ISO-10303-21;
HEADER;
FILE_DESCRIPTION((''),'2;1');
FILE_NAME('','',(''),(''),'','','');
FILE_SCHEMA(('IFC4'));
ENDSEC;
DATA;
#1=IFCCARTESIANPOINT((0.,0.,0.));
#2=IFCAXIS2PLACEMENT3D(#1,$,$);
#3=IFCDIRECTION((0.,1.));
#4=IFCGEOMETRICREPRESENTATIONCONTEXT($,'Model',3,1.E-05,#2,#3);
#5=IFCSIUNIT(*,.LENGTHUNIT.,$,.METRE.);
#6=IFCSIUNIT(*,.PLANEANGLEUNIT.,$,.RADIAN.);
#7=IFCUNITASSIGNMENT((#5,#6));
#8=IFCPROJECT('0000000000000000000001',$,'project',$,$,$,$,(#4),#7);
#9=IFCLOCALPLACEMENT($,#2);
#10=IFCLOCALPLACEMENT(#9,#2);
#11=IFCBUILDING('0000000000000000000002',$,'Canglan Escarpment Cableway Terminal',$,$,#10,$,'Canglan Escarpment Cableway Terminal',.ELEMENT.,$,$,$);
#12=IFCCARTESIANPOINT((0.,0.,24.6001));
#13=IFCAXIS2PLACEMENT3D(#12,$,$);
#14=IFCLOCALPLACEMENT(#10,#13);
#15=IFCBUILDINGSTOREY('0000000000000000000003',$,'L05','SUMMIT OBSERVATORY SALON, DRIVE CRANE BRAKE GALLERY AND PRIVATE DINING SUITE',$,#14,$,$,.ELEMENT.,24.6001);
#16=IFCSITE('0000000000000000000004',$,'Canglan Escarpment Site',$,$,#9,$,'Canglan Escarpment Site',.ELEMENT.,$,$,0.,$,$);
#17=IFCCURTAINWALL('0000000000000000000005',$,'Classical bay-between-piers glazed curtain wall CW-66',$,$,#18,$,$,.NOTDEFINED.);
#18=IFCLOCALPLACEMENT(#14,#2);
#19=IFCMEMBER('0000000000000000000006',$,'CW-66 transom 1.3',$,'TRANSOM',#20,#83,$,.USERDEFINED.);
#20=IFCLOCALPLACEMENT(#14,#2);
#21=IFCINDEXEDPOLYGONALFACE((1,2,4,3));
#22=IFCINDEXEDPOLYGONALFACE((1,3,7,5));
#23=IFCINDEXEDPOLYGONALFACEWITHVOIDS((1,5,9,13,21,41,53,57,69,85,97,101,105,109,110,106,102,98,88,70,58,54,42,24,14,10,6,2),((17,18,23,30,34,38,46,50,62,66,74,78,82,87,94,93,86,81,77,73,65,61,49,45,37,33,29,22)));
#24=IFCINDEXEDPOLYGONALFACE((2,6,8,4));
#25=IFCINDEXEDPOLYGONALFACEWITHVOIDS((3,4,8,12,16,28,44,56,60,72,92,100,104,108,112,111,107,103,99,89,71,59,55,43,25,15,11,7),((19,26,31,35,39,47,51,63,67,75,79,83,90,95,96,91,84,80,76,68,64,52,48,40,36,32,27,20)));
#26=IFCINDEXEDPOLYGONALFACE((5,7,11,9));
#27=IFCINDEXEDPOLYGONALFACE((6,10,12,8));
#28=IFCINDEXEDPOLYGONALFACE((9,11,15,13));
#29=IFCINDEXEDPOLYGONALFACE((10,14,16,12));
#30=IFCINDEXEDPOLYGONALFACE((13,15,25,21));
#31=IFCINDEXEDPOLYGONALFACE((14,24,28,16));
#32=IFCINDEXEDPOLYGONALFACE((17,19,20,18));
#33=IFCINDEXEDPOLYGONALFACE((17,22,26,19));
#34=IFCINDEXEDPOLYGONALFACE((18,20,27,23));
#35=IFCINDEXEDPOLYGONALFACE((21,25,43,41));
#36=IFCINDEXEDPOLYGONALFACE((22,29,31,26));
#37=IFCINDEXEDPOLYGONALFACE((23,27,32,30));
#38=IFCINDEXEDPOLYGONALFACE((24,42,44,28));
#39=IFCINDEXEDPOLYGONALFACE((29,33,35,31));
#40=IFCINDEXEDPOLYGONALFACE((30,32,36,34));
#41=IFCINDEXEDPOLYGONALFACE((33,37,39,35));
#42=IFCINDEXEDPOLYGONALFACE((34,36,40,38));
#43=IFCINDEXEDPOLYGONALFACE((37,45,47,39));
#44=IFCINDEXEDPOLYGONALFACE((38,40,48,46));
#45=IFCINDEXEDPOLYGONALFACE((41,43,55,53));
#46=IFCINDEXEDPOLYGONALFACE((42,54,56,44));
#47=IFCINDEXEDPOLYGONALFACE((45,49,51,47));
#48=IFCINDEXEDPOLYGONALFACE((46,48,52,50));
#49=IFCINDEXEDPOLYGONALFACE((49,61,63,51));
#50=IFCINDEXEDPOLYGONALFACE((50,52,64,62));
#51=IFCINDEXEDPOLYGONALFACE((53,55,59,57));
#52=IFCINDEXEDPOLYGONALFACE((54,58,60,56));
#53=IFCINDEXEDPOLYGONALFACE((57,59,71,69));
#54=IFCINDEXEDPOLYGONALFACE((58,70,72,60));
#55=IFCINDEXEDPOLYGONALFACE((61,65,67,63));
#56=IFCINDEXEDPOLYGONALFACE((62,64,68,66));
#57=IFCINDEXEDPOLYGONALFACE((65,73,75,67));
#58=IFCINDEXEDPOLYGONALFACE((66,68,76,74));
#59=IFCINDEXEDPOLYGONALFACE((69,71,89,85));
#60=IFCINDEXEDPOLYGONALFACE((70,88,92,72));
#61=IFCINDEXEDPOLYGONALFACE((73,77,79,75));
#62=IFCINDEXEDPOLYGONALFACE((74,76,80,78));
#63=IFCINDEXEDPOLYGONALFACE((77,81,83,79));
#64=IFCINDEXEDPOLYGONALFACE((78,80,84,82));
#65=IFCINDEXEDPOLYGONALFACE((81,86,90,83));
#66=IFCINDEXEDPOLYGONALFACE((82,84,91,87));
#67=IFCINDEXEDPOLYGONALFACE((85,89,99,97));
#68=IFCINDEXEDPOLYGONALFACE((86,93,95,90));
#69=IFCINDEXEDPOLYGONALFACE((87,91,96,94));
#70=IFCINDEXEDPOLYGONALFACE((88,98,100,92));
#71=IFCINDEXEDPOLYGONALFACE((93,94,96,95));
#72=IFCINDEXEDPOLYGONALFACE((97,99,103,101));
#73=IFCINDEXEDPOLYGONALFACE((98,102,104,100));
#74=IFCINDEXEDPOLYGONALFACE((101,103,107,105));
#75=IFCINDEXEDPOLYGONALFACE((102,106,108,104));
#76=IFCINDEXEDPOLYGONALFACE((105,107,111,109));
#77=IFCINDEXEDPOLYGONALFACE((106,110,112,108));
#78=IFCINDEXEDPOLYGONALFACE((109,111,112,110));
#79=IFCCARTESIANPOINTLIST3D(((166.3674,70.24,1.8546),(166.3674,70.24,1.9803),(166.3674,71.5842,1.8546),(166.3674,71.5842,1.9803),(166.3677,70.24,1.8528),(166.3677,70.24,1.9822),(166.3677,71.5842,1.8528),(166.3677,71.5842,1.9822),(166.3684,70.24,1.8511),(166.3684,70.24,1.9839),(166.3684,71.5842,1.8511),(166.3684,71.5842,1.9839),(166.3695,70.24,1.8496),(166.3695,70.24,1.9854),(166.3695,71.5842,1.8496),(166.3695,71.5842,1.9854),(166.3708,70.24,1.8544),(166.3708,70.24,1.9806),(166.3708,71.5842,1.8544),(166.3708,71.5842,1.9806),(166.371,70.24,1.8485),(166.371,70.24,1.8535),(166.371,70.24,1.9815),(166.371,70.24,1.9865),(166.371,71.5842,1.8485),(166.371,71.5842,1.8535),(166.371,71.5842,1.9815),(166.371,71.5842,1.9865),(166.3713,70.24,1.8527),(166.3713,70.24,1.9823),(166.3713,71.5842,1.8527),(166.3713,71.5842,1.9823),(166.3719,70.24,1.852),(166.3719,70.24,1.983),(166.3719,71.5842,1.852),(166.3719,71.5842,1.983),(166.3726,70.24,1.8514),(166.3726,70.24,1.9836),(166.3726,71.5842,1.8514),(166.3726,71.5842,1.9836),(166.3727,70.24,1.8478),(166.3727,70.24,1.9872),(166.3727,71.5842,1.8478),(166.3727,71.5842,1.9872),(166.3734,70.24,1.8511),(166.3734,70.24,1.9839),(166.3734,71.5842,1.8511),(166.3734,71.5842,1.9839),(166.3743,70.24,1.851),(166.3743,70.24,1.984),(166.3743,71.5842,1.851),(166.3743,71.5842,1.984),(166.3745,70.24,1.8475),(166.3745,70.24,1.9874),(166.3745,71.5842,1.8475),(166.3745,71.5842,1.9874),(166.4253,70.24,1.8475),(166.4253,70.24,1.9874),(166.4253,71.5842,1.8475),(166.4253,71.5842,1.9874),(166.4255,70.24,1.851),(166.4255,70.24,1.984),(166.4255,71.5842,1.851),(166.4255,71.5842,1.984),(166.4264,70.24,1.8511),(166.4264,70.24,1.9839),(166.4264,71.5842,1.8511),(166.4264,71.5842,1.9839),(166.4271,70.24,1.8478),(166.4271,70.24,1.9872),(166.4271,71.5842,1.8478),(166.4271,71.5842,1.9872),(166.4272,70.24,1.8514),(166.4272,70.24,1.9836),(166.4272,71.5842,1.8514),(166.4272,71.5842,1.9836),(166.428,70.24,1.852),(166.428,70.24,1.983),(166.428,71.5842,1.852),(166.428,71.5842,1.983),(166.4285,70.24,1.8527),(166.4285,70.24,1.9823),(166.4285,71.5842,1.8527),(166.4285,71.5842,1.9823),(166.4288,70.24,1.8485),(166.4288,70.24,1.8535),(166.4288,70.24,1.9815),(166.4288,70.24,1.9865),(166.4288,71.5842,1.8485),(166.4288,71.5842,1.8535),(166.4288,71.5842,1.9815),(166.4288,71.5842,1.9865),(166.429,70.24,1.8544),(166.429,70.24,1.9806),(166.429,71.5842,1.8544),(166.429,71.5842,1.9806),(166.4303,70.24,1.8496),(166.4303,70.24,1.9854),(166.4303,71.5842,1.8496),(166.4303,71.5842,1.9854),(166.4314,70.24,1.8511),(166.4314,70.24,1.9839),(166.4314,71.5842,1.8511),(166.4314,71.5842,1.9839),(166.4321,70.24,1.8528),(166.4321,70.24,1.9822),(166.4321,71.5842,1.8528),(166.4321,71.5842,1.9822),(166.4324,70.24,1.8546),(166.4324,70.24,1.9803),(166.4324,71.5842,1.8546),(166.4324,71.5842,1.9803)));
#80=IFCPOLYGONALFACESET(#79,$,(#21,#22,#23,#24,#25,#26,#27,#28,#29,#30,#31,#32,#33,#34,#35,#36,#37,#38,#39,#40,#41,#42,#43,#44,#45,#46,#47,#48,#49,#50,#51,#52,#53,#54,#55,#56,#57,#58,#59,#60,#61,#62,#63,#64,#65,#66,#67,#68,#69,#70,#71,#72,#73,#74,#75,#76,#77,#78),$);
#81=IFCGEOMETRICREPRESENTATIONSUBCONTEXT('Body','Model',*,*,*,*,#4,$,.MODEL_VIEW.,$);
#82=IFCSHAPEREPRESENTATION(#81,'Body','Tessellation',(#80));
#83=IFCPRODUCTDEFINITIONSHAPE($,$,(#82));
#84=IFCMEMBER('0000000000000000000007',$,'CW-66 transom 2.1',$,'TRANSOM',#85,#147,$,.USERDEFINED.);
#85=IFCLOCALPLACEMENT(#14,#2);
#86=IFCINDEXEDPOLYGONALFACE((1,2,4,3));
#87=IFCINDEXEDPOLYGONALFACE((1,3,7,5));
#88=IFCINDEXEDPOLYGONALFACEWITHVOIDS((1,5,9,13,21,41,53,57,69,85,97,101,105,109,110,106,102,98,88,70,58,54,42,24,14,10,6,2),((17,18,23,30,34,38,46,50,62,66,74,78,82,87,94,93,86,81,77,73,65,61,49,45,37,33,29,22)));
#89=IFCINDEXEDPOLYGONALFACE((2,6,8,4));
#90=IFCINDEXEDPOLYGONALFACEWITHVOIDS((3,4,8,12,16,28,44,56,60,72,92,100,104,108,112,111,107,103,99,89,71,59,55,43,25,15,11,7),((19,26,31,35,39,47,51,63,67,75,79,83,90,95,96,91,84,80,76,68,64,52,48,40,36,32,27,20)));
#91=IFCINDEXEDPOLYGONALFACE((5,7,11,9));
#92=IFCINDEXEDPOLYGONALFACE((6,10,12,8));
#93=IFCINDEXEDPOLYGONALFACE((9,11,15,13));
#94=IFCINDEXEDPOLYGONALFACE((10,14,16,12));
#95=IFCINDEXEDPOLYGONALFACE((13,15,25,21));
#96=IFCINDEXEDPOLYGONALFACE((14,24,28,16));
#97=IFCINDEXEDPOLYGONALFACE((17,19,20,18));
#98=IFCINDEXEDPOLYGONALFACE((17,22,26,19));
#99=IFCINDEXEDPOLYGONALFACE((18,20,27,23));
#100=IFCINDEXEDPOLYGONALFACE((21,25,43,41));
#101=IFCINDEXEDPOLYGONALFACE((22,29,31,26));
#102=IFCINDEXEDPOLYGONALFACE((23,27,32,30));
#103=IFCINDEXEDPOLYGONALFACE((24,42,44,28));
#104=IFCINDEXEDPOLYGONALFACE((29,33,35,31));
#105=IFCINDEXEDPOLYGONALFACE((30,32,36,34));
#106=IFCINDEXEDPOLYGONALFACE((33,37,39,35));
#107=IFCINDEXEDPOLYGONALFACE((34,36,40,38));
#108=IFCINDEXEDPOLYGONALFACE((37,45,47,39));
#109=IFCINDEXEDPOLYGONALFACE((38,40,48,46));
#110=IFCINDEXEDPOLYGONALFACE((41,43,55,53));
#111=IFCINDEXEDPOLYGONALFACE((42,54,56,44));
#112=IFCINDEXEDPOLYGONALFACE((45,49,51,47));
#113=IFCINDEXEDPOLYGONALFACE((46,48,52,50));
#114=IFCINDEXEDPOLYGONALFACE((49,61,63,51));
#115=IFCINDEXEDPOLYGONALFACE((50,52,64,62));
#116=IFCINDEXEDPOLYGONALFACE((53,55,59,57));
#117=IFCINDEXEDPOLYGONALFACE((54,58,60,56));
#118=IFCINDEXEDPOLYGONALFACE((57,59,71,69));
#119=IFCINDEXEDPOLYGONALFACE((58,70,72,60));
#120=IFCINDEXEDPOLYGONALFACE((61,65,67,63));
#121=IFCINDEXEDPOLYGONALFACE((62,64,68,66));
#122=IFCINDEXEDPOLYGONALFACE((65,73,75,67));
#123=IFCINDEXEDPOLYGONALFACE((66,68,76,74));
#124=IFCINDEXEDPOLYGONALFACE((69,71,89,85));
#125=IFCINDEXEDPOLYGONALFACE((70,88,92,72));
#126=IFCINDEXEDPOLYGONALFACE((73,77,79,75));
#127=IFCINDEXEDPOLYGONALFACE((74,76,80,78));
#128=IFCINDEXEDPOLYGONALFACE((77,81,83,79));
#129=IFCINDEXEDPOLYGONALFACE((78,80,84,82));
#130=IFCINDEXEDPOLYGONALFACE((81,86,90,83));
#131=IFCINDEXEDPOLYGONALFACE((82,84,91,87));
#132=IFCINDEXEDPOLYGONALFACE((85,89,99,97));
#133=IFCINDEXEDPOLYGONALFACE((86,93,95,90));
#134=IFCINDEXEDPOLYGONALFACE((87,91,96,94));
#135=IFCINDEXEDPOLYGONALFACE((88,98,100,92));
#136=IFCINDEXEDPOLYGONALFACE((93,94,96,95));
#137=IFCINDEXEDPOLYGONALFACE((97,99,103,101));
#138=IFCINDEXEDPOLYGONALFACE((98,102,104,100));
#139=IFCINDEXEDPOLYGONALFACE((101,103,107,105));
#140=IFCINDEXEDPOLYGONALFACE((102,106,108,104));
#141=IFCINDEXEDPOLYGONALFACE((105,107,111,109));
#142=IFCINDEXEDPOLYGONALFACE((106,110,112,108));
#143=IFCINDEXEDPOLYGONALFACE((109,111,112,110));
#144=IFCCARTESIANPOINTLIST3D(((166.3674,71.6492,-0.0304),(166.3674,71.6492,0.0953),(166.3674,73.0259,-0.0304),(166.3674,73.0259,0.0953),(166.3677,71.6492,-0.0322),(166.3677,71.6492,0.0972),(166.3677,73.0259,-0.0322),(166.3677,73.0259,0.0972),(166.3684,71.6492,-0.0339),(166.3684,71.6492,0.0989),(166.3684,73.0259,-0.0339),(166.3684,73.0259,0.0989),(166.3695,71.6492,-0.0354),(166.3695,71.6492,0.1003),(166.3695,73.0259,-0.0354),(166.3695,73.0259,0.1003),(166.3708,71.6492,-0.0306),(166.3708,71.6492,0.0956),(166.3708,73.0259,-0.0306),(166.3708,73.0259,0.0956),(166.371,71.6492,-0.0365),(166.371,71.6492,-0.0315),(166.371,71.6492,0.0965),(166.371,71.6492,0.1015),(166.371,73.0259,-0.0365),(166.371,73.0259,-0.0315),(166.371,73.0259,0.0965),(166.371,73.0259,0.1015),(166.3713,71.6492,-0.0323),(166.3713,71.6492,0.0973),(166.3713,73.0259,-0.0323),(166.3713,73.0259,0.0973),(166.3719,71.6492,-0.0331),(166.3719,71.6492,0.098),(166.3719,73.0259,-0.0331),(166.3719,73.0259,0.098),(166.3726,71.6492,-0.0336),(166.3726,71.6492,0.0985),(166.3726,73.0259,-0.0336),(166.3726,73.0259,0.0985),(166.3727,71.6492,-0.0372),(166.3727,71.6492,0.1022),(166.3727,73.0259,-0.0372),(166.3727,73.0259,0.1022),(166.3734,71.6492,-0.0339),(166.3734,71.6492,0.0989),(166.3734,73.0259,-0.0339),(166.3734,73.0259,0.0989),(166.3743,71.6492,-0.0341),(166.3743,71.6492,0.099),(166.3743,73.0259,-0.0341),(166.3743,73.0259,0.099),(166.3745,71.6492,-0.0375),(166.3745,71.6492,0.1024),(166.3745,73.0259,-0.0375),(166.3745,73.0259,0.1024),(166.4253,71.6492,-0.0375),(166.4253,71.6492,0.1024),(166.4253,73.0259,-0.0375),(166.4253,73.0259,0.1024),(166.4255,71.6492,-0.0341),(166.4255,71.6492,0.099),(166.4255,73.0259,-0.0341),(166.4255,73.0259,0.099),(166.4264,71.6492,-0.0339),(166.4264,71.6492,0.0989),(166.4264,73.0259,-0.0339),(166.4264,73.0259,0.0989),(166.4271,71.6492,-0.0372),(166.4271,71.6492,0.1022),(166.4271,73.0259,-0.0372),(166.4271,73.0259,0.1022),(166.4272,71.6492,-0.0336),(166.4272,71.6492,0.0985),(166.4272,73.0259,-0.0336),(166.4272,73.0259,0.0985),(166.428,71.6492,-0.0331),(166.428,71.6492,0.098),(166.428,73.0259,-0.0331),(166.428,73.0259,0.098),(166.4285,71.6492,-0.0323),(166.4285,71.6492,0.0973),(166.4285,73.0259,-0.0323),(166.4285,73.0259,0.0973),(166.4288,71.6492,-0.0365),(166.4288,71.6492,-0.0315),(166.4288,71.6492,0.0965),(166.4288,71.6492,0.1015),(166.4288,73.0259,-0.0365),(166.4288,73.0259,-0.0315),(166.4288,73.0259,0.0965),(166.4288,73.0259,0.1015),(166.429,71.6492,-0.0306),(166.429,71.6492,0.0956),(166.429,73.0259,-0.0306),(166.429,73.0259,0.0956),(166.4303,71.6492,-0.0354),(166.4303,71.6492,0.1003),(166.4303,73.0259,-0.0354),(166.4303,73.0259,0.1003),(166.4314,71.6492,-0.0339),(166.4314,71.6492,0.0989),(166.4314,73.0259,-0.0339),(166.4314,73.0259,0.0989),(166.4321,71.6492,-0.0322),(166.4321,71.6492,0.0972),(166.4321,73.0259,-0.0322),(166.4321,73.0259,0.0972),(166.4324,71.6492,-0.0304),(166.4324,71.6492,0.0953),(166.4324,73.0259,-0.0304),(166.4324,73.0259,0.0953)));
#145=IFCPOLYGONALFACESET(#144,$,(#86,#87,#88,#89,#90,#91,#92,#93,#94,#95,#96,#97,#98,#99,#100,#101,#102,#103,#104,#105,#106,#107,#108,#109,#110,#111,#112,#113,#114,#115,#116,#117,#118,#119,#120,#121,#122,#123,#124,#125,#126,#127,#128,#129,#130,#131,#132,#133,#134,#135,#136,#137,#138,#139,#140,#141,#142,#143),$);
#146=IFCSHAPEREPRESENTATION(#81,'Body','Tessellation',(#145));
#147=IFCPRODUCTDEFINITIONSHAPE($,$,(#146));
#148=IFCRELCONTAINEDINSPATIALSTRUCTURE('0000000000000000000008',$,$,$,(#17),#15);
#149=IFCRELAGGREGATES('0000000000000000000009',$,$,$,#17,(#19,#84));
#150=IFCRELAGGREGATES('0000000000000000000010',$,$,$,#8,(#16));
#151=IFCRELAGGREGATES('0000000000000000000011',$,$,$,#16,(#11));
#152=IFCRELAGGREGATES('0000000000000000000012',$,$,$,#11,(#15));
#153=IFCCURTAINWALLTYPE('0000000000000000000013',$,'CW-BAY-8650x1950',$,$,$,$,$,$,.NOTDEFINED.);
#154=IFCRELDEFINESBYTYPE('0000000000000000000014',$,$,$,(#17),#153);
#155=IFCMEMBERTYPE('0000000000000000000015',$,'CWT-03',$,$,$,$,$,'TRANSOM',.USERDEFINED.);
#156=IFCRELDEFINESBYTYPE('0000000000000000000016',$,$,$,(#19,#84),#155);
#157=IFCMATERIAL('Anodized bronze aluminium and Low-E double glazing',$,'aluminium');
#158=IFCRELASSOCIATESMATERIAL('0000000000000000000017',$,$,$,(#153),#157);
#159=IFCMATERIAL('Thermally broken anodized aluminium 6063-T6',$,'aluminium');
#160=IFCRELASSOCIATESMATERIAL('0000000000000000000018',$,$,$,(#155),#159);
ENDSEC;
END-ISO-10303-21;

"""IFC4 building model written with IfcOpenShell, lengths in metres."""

from ifc_helpers import new_model, si_unit, direction, frame, origin, origin_2d, place, context, subcontext, project, spatial, hollow_rectangle, extrude, material, material_profile, profile_set, type_object, element, aggregate, save


model = new_model("IFC4")

# Units and contexts
model_context = context("Model", 3, precision=1e-05, world=origin(), true_north=direction((0.0, 1.0)))
body_context = subcontext(model_context, "Body", "Model", "MODEL_VIEW")
ifc_project = project(units=[si_unit("LENGTHUNIT", "METRE"), si_unit("PLANEANGLEUNIT", "RADIAN")], contexts=[model_context])

# Site, building, storey
site_placement = place(None, origin())
site = spatial("IfcSite", under=ifc_project, at=site_placement, Name="Canglan Escarpment Site", LongName="Canglan Escarpment Site", CompositionType="ELEMENT", RefElevation=0.0)
building_placement = place(site_placement, origin())
building = spatial("IfcBuilding", under=site, at=building_placement, Name="Canglan Escarpment Cableway Terminal", LongName="Canglan Escarpment Cableway Terminal", CompositionType="ELEMENT")
storey_placement = place(building_placement, frame((0.0, 0.0, 24.6001)))
storey = spatial("IfcBuildingStorey", under=building, at=storey_placement, Name="L05", Description="SUMMIT OBSERVATORY SALON, DRIVE CRANE BRAKE GALLERY AND PRIVATE DINING SUITE", CompositionType="ELEMENT", Elevation=24.6001)

# Curtain wall
ifc_material_1 = material(Name="Anodized bronze aluminium and Low-E double glazing", Category="aluminium")
curtain_wall_type = type_object("IfcCurtainWallType", Name="CW-BAY-8650x1950", PredefinedType="NOTDEFINED", material=ifc_material_1)
ifc_material_2 = material(Name="Thermally broken anodized aluminium 6063-T6", Category="aluminium")
curtain_wall_1_placement = place(storey_placement, origin())
curtain_wall_1 = element("IfcCurtainWall", 1, at=curtain_wall_1_placement, inside=storey, type_object=curtain_wall_type, Name="Classical bay-between-piers glazed curtain wall CW-66", PredefinedType="NOTDEFINED")

# Members
ifc_material_profile_1 = material_profile(ifc_material_2, hollow_rectangle(XDim=0.0649, YDim=0.1399, WallThickness=0.0034, InnerFilletRadius=0.0034, OuterFilletRadius=0.0071, at=origin_2d()), Name="ALU-TRAN 65x140x3.5")
ifc_profile_set_1 = profile_set([ifc_material_profile_1], Name="Thermally broken anodized aluminium 6063-T6")
member_type_1 = type_object("IfcMemberType", Name="CWT-03", ElementType="TRANSOM", PredefinedType="USERDEFINED", material=ifc_profile_set_1)
member_1_placement = place(storey_placement, frame((166.3999, 70.24, 1.9175), z_axis=(0.0, 1.0, 0.0), x_axis=(-1.0, 0.0, 0.0)))
member_1 = element("IfcMember", 2, at=member_1_placement, type_object=member_type_1, Name="CW-66 transom 1.3", ObjectType="TRANSOM", PredefinedType="USERDEFINED", context=body_context, shape_type="SweptSolid", body=[
    extrude(hollow_rectangle(XDim=0.0649, YDim=0.1399, WallThickness=0.0034, InnerFilletRadius=0.0034, OuterFilletRadius=0.0071, at=origin_2d()), origin(), (0.0, 0.0, 1.0), 1.3442),
])
member_2_placement = place(storey_placement, frame((166.3999, 71.6492, 0.0325), z_axis=(0.0, 1.0, 0.0), x_axis=(-1.0, 0.0, 0.0)))
member_2 = element("IfcMember", 3, at=member_2_placement, type_object=member_type_1, Name="CW-66 transom 2.1", ObjectType="TRANSOM", PredefinedType="USERDEFINED", context=body_context, shape_type="SweptSolid", body=[
    extrude(hollow_rectangle(XDim=0.0649, YDim=0.1399, WallThickness=0.0034, InnerFilletRadius=0.0034, OuterFilletRadius=0.0071, at=origin_2d()), origin(), (0.0, 0.0, 1.0), 1.3767),
])

aggregate(curtain_wall_1, [member_1, member_2])

save(model, "model.ifc")
